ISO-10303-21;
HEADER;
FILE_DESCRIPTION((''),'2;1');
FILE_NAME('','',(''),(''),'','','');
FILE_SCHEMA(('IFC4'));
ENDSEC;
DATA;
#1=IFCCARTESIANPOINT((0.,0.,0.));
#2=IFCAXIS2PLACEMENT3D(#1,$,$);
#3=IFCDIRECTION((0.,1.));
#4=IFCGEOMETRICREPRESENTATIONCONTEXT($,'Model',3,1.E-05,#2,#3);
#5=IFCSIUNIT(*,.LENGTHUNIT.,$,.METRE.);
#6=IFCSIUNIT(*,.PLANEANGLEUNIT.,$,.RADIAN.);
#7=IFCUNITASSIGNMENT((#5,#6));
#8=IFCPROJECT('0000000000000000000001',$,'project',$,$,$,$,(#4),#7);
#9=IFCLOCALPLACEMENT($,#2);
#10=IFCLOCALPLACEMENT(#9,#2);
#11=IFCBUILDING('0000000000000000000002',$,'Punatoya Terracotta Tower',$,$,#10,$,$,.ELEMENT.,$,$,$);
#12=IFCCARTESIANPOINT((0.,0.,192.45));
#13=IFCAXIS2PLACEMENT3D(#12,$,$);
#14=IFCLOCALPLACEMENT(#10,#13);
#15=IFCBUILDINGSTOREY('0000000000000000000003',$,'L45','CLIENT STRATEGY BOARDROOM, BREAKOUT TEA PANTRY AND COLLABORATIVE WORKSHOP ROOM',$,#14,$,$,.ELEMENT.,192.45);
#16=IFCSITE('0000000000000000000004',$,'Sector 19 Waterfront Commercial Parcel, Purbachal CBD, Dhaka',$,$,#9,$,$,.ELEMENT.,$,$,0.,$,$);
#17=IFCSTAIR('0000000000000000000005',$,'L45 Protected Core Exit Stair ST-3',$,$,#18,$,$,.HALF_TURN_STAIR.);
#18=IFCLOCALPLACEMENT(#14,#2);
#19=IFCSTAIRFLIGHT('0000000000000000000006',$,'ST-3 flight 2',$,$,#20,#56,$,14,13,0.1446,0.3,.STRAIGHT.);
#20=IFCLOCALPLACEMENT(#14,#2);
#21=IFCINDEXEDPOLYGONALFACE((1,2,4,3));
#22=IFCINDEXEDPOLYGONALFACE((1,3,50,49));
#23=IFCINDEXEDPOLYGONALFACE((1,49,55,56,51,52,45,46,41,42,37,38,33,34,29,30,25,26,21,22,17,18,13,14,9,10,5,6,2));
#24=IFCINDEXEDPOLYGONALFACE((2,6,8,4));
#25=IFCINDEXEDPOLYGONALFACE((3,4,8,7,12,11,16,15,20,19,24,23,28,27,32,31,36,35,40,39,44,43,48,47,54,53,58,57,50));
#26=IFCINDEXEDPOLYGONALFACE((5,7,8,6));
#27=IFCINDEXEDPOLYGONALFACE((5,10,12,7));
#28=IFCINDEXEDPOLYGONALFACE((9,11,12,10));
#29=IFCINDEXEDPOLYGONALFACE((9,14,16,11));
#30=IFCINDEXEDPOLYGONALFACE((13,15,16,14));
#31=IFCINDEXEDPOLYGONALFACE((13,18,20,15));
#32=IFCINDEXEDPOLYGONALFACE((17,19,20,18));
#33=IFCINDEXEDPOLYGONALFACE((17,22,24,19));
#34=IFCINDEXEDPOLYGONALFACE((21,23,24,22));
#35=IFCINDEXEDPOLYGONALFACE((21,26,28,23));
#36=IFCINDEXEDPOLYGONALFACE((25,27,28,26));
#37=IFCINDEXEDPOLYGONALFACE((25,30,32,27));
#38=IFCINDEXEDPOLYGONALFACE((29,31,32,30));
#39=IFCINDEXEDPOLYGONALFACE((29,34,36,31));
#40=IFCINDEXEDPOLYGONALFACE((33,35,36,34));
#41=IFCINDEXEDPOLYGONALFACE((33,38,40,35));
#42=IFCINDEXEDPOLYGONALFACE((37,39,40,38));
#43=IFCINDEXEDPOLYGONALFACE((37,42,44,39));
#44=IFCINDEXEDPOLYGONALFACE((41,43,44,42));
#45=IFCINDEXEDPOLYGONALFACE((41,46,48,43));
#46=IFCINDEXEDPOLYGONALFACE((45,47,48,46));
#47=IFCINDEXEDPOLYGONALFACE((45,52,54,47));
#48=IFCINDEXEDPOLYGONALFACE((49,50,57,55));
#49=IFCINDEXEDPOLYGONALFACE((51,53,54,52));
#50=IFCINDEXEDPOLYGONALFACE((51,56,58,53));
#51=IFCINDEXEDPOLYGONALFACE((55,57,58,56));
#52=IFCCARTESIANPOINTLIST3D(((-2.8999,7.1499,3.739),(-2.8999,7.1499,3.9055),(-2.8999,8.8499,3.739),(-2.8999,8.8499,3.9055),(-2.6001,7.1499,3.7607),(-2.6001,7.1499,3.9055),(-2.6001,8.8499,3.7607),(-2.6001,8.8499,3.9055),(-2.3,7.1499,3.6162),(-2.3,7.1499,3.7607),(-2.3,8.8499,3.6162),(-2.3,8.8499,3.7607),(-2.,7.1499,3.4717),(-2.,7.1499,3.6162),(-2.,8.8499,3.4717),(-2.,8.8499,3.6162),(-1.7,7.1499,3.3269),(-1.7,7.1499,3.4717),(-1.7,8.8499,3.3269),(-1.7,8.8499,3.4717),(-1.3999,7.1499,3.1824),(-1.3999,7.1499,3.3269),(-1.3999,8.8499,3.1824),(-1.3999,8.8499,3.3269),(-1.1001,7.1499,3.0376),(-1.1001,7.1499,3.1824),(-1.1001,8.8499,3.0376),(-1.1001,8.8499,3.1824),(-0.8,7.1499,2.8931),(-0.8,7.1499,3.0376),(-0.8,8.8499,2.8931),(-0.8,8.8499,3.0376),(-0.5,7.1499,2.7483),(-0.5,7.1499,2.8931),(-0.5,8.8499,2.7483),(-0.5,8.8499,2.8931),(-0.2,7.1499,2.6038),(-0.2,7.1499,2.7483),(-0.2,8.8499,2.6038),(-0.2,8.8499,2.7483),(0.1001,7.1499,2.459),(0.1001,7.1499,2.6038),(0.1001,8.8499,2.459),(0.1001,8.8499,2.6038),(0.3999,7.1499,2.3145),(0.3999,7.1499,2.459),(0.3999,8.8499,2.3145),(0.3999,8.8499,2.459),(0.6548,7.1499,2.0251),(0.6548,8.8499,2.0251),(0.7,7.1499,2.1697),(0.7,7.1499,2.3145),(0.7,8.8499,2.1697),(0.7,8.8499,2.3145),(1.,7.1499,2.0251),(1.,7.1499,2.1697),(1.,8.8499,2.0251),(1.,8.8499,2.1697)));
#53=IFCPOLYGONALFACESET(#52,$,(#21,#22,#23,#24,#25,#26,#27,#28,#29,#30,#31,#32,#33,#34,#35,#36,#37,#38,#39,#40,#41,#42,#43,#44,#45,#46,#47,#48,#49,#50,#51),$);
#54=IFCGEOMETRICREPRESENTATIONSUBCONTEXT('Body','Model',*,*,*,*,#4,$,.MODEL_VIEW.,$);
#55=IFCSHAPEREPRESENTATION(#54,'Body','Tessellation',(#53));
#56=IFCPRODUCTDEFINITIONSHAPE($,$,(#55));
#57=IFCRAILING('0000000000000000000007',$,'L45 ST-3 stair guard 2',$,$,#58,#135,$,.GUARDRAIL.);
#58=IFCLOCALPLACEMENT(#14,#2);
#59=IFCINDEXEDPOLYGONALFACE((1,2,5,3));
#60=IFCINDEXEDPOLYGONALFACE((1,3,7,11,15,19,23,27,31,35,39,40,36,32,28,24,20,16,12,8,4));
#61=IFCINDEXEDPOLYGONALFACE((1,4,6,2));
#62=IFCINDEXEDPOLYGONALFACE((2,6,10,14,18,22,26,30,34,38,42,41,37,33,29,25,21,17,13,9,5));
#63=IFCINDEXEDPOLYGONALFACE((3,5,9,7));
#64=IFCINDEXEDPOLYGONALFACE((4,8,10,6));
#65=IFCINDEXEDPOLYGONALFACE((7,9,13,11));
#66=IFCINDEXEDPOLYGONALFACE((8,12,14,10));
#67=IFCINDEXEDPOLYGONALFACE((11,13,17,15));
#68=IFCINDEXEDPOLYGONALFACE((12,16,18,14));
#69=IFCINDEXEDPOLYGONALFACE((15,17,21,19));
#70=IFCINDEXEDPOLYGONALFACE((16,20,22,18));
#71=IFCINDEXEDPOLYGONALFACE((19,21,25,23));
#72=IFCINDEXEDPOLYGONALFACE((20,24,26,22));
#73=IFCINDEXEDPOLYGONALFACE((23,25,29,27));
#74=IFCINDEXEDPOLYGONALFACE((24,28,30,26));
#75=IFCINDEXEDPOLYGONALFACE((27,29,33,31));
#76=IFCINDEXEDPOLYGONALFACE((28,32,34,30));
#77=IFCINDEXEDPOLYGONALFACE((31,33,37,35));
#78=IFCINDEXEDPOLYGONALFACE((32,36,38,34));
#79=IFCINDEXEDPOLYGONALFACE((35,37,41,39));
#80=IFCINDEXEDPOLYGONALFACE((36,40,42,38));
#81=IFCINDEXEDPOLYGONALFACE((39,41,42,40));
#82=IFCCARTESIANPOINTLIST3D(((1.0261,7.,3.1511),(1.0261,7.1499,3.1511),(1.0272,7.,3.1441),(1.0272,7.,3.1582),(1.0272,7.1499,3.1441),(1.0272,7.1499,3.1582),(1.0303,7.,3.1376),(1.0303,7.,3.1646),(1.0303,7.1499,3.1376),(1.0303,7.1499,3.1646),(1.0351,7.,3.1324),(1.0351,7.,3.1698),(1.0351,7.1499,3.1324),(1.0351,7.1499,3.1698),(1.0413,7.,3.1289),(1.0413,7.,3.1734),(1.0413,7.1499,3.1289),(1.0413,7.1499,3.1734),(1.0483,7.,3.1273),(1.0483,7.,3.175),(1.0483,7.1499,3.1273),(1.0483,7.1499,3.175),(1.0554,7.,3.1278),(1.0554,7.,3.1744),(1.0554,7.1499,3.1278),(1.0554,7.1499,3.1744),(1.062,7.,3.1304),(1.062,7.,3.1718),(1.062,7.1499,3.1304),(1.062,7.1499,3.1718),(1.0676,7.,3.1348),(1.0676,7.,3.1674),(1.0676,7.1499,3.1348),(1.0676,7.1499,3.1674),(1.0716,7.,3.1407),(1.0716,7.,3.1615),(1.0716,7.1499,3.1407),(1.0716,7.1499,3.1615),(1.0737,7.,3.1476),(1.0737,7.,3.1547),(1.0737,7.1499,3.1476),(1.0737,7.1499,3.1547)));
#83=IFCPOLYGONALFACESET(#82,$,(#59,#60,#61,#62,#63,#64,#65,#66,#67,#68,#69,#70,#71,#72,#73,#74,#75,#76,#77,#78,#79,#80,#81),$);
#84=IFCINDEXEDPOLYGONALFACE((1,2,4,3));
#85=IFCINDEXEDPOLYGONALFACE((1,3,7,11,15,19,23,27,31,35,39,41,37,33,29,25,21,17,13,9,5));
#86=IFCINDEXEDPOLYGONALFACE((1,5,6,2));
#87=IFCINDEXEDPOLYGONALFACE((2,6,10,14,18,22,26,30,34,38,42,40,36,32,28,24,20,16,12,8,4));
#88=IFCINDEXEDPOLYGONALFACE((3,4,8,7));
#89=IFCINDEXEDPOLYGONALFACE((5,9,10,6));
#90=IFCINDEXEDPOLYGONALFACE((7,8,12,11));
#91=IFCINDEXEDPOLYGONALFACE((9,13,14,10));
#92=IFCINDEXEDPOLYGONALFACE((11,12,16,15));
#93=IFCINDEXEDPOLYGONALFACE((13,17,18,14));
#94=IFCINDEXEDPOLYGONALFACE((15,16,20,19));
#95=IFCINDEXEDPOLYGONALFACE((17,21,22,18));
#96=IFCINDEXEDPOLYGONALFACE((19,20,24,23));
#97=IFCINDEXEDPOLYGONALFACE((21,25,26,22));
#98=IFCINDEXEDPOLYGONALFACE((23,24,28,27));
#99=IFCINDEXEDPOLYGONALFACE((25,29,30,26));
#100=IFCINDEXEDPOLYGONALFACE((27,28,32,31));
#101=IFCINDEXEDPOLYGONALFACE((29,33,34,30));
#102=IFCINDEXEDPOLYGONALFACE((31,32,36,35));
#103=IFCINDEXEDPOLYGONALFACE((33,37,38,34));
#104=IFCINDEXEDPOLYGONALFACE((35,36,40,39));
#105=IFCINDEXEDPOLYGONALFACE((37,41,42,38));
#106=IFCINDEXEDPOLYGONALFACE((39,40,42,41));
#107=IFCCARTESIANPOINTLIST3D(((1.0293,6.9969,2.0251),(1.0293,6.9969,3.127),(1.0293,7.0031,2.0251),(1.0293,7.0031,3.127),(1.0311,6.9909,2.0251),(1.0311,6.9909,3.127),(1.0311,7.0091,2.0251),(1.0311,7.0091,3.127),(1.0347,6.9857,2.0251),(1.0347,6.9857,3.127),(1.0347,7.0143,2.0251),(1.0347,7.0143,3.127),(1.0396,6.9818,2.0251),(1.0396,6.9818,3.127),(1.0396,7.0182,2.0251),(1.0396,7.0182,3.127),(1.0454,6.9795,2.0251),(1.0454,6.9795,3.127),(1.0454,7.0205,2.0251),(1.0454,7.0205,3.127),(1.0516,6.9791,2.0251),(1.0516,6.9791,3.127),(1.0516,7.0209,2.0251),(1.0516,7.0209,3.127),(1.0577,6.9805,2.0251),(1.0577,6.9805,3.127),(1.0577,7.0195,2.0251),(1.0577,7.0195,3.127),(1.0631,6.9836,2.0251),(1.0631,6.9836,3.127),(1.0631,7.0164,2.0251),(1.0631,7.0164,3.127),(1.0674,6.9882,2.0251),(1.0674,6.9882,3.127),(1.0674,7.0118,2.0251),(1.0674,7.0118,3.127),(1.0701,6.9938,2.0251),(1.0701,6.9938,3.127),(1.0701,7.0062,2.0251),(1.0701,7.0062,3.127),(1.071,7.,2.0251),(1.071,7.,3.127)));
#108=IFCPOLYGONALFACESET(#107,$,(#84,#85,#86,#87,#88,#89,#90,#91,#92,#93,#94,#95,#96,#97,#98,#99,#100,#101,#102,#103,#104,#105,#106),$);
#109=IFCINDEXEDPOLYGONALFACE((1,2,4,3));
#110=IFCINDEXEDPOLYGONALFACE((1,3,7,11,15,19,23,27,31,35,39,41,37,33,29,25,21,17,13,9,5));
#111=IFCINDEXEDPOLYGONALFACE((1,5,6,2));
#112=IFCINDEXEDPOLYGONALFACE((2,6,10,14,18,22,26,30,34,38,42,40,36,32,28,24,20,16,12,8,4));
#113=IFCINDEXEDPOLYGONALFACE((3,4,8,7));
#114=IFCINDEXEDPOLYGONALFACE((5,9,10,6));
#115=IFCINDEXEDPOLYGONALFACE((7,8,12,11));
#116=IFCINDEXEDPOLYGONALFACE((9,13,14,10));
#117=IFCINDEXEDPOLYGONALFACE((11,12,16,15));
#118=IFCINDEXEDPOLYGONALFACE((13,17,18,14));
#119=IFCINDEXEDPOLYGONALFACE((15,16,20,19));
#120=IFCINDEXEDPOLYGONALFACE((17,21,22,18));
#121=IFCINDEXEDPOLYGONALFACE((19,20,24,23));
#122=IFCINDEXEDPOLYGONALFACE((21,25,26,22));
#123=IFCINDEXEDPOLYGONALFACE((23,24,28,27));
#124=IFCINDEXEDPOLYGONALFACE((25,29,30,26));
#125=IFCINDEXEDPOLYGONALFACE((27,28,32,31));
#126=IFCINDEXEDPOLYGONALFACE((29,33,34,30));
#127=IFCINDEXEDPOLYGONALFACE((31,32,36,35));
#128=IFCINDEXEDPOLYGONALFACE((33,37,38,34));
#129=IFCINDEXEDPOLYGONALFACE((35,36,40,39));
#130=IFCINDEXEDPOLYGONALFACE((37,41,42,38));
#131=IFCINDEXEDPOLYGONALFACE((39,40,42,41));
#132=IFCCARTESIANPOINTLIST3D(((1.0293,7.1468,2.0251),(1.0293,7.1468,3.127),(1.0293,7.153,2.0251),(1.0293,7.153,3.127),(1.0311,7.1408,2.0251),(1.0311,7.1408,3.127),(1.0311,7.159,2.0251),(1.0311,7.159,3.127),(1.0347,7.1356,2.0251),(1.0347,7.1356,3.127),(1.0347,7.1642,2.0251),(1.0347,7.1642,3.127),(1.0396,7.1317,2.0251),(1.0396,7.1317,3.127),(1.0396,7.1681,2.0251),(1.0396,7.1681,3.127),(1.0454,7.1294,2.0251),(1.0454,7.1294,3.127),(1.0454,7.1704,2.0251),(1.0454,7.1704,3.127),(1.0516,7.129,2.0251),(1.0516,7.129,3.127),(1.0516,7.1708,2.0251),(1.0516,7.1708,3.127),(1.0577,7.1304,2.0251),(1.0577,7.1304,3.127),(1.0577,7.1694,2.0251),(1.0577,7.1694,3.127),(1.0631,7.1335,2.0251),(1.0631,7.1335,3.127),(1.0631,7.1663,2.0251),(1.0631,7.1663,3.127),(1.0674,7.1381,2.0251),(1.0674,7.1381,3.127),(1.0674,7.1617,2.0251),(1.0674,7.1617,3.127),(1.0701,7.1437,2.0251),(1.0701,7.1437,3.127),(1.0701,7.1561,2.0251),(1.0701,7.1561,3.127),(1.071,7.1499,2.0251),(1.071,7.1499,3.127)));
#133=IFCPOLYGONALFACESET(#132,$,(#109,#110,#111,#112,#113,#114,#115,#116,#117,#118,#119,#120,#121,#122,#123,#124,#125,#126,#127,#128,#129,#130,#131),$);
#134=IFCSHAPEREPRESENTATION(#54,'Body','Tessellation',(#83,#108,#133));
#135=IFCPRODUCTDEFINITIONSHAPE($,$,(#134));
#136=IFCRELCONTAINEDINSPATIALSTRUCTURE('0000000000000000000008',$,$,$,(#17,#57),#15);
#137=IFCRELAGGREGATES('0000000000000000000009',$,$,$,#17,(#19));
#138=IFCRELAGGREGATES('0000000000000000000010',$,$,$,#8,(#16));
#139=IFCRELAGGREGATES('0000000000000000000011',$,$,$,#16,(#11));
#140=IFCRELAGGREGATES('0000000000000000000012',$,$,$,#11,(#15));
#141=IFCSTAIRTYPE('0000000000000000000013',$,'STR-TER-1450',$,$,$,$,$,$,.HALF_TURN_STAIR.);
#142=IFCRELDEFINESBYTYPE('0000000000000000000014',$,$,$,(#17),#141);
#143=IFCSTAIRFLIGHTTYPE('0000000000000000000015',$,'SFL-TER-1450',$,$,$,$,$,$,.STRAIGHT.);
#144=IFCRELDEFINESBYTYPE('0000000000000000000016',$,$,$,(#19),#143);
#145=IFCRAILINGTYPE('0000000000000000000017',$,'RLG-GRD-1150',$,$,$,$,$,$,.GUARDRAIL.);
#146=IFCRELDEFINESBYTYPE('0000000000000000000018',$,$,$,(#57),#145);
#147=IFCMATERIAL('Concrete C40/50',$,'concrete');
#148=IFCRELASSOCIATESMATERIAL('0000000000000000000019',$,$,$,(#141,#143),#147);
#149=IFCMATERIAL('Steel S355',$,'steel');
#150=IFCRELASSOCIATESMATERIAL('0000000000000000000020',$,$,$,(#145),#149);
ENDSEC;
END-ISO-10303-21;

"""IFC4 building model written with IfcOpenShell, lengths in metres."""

from ifc_helpers import new_model, si_unit, direction, frame, origin, origin_2d, place, context, subcontext, project, spatial, polyline, circle, outline, extrude, material, type_object, element, aggregate, save


model = new_model("IFC4")

# Units and contexts
model_context = context("Model", 3, precision=1e-05, world=origin(), true_north=direction((0.0, 1.0)))
body_context = subcontext(model_context, "Body", "Model", "MODEL_VIEW")
ifc_project = project(units=[si_unit("LENGTHUNIT", "METRE"), si_unit("PLANEANGLEUNIT", "RADIAN")], contexts=[model_context])

# Site, building, storey
site_placement = place(None, origin())
site = spatial("IfcSite", under=ifc_project, at=site_placement, Name="Sector 19 Waterfront Commercial Parcel, Purbachal CBD, Dhaka", CompositionType="ELEMENT", RefElevation=0.0)
building_placement = place(site_placement, origin())
building = spatial("IfcBuilding", under=site, at=building_placement, Name="Punatoya Terracotta Tower", CompositionType="ELEMENT")
storey_placement = place(building_placement, frame((0.0, 0.0, 192.45)))
storey = spatial("IfcBuildingStorey", under=building, at=storey_placement, Name="L45", Description="CLIENT STRATEGY BOARDROOM, BREAKOUT TEA PANTRY AND COLLABORATIVE WORKSHOP ROOM", CompositionType="ELEMENT", Elevation=192.45)

# Shared definitions
ifc_material_1 = material(Name="Steel S355", Category="steel")

# Shared definitions
ifc_material_2 = material(Name="Concrete C40/50", Category="concrete")

# Stair, stair flight
stair_type = type_object("IfcStairType", Name="STR-TER-1450", PredefinedType="HALF_TURN_STAIR", material=ifc_material_2)
stair_placement = place(storey_placement, origin())
stair = element("IfcStair", 1, at=stair_placement, inside=storey, type_object=stair_type, Name="L45 Protected Core Exit Stair ST-3", PredefinedType="HALF_TURN_STAIR")
stair_flight_type = type_object("IfcStairFlightType", Name="SFL-TER-1450", PredefinedType="STRAIGHT", material=ifc_material_2)
stair_flight_placement = place(storey_placement, frame((1.0, 8.0, 2.0251), z_axis=(0.0, 0.0, 1.0), x_axis=(-1.0, 0.0, 0.0)))
stair_flight = element("IfcStairFlight", 2, at=stair_flight_placement, type_object=stair_flight_type, Name="ST-3 flight 2", NumberOfRisers=14, NumberOfTreads=13, PredefinedType="STRAIGHT", RiserHeight=0.1446, TreadLength=0.3, context=body_context, shape_type="SweptSolid", body=[
    extrude(outline(polyline([(0.0, 0.0), (0.0, 0.1445), (0.3, 0.1445), (0.3, 0.2893), (0.6001, 0.2893), (0.6001, 0.4338), (0.8999, 0.4338), (0.8999, 0.5786), (1.2, 0.5786), (1.2, 0.7231), (1.5, 0.7231), (1.5, 0.8679), (1.8, 0.8679), (1.8, 1.0125), (2.1001, 1.0125), (2.1001, 1.1572), (2.3999, 1.1572), (2.3999, 1.3018), (2.7, 1.3018), (2.7, 1.4465), (3.0, 1.4465), (3.0, 1.5911), (3.3, 1.5911), (3.3, 1.7356), (3.6001, 1.7356), (3.6001, 1.8804), (3.8999, 1.8804), (3.8999, 2.0249), (3.8999, 1.7139), (0.3452, 0.0), (0.0, 0.0)])), frame((0.0, 0.8501, 0.0), z_axis=(0.0, -1.0, 0.0), x_axis=(1.0, 0.0, 0.0)), (0.0, 0.0, 1.0), 1.7),
])
aggregate(stair, [stair_flight])

# Railing
railing_type_1 = type_object("IfcRailingType", Name="RLG-GRD-1150", PredefinedType="GUARDRAIL", material=ifc_material_1)
railing_1_placement = place(storey_placement, frame((1.05, 7.0, 2.0251)))
element("IfcRailing", 3, at=railing_1_placement, inside=storey, type_object=railing_type_1, Name="L45 ST-3 stair guard 2", PredefinedType="GUARDRAIL", context=body_context, shape_type="SweptSolid", body=[
    extrude(circle(Radius=0.0239, at=origin_2d()), frame((0.0, 0.0, 1.126), z_axis=(0.0, 1.0, 0.0), x_axis=(-1.0, 0.0, 0.0)), (0.0, 0.0, 1.0), 0.1499),
    extrude(circle(Radius=0.021, at=origin_2d()), origin(), (0.0, 0.0, 1.0), 1.1018),
    extrude(circle(Radius=0.021, at=origin_2d()), frame((0.0, 0.1499, 0.0)), (0.0, 0.0, 1.0), 1.1018),
])

save(model, "model.ifc")
